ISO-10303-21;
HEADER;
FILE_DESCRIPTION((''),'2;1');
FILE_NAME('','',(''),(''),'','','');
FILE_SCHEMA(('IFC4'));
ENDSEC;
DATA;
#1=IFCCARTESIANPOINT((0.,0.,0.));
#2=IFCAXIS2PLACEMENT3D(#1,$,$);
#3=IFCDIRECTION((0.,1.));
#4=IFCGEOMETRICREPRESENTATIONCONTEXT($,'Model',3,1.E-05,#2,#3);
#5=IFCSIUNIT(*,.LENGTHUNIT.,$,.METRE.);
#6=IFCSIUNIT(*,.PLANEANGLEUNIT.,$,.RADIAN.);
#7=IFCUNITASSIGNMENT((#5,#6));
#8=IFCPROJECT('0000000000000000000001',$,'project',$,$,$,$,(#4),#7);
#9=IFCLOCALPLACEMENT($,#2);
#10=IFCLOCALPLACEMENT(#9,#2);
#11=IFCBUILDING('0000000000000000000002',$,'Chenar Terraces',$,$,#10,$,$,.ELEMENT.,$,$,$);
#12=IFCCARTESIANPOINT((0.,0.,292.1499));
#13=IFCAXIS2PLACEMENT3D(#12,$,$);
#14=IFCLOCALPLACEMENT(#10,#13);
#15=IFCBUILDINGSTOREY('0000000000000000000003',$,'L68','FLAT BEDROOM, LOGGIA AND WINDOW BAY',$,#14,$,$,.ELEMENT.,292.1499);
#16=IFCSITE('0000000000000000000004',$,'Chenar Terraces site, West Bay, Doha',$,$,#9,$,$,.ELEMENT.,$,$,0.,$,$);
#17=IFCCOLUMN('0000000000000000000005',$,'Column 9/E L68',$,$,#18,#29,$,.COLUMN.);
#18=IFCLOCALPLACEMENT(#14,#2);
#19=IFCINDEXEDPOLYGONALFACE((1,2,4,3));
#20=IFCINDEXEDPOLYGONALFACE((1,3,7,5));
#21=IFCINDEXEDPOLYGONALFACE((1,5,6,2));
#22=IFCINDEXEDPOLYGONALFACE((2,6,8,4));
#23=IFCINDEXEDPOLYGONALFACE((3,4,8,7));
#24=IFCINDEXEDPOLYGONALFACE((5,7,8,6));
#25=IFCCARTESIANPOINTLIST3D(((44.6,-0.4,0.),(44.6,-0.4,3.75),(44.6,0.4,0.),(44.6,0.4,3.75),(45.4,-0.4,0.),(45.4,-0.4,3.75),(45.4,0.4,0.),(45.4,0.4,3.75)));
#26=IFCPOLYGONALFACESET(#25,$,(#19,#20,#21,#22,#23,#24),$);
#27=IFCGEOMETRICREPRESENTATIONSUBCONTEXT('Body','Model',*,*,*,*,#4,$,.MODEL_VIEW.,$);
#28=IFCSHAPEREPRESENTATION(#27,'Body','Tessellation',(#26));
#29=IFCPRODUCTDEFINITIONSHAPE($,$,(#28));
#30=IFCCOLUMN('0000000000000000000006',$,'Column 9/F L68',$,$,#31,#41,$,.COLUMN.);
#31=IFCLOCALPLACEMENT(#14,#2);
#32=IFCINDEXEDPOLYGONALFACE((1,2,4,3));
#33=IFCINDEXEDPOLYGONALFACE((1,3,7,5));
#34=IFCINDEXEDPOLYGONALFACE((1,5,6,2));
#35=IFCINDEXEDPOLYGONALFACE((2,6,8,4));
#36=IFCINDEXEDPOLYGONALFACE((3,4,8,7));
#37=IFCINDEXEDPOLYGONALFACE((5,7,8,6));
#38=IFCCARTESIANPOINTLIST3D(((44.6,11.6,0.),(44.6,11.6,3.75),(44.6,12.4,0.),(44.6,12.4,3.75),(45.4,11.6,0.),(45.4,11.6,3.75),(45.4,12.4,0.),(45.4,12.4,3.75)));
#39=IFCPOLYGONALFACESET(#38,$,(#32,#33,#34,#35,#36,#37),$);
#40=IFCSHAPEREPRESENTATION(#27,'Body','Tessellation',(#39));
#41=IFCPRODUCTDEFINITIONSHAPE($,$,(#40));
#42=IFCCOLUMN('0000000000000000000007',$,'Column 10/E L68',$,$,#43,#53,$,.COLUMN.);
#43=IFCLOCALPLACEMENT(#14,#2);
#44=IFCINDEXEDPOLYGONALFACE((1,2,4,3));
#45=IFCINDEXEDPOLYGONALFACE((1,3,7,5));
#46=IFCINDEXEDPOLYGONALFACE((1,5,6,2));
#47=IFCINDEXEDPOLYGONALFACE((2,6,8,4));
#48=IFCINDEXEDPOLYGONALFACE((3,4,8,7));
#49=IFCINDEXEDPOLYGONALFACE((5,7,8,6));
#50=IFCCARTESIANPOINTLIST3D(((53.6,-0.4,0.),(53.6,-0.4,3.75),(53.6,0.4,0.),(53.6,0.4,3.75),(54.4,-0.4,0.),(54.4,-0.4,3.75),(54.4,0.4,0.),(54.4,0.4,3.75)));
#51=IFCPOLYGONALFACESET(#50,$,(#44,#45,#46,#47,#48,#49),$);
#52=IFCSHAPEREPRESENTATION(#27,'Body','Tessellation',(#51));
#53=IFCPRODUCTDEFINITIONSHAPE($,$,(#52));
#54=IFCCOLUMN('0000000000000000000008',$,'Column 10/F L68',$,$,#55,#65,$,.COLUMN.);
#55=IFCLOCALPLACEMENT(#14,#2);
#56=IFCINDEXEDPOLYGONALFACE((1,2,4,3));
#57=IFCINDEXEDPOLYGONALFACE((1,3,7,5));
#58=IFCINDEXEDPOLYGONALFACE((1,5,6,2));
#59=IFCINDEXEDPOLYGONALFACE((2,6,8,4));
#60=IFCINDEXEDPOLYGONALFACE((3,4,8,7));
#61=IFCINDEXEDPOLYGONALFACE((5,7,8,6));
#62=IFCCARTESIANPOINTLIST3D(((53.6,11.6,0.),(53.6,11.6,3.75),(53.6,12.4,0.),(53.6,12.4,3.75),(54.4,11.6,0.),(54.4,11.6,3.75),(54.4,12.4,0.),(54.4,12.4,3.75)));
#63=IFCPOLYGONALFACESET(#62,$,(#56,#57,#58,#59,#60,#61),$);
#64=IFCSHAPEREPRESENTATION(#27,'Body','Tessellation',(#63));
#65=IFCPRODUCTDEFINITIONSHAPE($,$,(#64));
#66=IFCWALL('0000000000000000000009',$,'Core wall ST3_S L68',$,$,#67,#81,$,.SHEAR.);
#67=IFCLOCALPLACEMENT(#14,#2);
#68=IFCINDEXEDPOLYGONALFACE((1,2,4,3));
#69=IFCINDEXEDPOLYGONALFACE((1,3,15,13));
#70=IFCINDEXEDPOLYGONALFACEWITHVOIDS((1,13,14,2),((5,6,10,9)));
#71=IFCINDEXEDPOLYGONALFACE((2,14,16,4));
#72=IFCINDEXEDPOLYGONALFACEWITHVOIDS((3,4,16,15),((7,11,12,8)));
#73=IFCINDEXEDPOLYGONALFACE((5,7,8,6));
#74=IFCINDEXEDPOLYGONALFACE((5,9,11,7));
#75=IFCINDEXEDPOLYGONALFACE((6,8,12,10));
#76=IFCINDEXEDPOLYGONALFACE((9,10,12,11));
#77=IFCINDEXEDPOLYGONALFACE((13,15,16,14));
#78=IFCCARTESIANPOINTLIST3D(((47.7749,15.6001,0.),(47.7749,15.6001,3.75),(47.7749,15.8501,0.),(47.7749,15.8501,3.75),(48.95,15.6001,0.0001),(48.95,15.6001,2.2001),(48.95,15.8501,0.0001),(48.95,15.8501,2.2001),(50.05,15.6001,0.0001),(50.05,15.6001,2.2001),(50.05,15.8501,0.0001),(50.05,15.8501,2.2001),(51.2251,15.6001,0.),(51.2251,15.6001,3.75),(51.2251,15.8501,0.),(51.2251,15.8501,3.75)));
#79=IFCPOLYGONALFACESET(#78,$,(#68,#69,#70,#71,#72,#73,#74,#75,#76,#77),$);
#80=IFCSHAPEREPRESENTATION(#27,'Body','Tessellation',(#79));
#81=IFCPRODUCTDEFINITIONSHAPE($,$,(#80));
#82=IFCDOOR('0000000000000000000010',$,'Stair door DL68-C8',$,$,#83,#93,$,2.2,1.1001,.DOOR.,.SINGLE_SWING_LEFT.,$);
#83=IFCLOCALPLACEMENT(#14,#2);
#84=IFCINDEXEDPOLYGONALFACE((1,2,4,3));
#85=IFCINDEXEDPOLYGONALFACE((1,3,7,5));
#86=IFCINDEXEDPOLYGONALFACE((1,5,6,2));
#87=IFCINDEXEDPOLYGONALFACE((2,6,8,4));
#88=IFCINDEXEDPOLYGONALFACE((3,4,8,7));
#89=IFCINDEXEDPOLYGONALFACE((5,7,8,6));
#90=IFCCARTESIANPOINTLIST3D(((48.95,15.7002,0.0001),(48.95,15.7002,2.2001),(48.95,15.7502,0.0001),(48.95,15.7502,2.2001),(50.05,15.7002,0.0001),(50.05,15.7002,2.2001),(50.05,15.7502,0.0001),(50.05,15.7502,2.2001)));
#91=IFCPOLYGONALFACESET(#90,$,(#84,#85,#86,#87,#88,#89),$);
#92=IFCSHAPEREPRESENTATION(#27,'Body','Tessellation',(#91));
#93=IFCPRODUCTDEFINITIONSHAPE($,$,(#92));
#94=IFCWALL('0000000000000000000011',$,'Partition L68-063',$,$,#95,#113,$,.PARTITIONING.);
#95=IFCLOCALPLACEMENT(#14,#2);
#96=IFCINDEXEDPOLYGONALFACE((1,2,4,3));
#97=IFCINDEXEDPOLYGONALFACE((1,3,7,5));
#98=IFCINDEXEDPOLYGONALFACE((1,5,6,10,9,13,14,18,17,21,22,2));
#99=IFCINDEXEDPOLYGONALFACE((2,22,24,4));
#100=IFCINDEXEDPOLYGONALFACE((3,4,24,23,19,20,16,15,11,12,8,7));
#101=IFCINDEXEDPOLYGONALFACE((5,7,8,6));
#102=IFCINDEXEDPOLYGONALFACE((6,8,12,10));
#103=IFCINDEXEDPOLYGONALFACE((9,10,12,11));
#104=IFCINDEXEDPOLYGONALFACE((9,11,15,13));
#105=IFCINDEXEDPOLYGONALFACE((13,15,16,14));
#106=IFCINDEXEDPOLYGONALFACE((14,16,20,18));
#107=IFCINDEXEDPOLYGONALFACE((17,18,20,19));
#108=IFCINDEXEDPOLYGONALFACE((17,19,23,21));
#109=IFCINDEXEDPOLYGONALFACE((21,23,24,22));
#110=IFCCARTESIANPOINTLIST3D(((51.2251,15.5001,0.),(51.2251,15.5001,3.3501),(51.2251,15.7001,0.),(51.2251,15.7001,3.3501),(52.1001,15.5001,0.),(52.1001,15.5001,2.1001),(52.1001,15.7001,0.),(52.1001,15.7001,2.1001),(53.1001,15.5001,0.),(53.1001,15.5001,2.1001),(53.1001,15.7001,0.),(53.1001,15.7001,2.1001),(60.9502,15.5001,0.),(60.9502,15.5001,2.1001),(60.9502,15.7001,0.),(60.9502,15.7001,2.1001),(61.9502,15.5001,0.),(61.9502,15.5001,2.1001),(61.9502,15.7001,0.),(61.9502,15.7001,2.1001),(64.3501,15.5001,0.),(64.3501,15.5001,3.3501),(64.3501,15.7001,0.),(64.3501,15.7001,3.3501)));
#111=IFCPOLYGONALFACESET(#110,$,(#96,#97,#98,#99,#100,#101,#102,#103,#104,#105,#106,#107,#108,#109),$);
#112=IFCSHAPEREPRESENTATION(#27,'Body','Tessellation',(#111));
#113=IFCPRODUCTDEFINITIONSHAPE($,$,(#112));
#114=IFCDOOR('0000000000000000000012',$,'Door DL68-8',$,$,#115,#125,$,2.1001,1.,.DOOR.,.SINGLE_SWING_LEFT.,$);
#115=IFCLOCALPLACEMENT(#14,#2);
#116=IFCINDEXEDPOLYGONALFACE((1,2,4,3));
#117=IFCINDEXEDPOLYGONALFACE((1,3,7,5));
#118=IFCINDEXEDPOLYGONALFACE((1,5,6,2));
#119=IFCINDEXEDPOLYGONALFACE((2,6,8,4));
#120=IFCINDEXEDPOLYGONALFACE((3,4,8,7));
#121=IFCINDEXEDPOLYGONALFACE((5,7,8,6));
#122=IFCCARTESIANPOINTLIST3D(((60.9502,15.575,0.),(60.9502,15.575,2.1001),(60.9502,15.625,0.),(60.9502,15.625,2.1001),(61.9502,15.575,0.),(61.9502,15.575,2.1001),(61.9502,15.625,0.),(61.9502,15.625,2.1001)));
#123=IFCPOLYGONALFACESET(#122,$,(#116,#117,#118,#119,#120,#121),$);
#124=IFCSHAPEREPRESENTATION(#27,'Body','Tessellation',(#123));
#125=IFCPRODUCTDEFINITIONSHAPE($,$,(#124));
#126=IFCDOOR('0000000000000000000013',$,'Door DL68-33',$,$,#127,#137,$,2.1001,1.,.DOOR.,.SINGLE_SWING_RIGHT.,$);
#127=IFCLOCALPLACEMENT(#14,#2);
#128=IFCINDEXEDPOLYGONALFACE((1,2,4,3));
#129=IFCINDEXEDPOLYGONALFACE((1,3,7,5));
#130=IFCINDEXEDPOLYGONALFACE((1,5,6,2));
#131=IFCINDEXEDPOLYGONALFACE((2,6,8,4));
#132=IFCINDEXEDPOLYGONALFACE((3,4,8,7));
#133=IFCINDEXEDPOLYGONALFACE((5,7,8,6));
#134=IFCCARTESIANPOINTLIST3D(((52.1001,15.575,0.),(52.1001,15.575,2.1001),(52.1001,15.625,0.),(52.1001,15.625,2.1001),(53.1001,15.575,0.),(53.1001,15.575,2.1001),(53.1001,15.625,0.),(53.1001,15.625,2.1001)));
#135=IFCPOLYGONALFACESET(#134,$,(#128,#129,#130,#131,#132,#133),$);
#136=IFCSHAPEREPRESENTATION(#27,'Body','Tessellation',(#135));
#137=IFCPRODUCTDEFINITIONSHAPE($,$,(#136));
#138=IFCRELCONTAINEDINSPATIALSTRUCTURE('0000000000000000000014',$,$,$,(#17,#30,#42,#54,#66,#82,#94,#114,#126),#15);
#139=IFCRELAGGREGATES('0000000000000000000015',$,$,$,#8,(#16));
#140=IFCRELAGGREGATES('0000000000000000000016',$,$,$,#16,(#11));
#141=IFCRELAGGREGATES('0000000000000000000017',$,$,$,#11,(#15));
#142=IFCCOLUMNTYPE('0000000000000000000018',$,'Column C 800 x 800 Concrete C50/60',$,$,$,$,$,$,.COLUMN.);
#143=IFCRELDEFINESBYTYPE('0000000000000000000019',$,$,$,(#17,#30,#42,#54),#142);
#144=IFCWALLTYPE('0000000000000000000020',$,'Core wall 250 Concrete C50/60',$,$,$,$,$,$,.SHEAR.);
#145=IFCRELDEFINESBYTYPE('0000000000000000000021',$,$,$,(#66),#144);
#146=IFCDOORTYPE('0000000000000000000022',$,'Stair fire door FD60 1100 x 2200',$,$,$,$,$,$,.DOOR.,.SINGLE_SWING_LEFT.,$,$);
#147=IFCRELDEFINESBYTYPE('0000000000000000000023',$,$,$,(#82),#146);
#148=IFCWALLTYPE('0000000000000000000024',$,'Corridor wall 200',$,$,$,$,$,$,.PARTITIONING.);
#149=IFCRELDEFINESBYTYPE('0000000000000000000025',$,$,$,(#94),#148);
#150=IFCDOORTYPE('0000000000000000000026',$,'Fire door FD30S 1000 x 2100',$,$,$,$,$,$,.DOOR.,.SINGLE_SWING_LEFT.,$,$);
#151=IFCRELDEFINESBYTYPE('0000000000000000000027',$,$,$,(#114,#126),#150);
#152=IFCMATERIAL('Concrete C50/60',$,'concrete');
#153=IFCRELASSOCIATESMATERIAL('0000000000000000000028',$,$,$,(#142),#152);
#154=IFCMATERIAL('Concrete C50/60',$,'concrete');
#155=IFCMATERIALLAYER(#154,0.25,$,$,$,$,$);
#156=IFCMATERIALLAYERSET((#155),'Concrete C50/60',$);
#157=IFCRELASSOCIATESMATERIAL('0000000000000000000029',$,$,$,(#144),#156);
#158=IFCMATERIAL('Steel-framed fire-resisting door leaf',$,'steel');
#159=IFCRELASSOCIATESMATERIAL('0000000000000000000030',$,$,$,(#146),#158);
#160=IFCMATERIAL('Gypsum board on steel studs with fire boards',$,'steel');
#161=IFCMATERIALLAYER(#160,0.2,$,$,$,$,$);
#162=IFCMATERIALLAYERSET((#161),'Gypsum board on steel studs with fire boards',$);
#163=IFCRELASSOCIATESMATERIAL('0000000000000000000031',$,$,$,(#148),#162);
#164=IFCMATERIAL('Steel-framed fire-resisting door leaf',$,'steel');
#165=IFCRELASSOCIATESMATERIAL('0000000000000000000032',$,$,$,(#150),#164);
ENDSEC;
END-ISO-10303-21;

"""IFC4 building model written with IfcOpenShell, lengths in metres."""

from ifc_helpers import new_model, si_unit, direction, frame, frame_2d, origin, origin_2d, place, context, subcontext, project, spatial, rectangle, extrude, material, layer, layer_set, material_profile, profile_set, type_object, element, fill, save


model = new_model("IFC4")

# Units and contexts
model_context = context("Model", 3, precision=1e-05, world=origin(), true_north=direction((0.0, 1.0)))
body_context = subcontext(model_context, "Body", "Model", "MODEL_VIEW")
ifc_project = project(units=[si_unit("LENGTHUNIT", "METRE"), si_unit("PLANEANGLEUNIT", "RADIAN")], contexts=[model_context])

# Site, building, storey
site_placement = place(None, origin())
site = spatial("IfcSite", under=ifc_project, at=site_placement, Name="Chenar Terraces site, West Bay, Doha", CompositionType="ELEMENT", RefElevation=0.0)
building_placement = place(site_placement, origin())
building = spatial("IfcBuilding", under=site, at=building_placement, Name="Chenar Terraces", CompositionType="ELEMENT")
storey_placement = place(building_placement, frame((0.0, 0.0, 292.1499)))
storey = spatial("IfcBuildingStorey", under=building, at=storey_placement, Name="L68", Description="FLAT BEDROOM, LOGGIA AND WINDOW BAY", CompositionType="ELEMENT", Elevation=292.1499)

# Columns
ifc_material_1 = material(Name="Concrete C50/60", Category="concrete")
ifc_material_profile = material_profile(ifc_material_1, rectangle(XDim=0.8, YDim=0.8, at=origin_2d()), Name="C 800 x 800")
ifc_profile_set = profile_set([ifc_material_profile], Name="Concrete C50/60")
column_type = type_object("IfcColumnType", Name="Column C 800 x 800 Concrete C50/60", PredefinedType="COLUMN", material=ifc_profile_set)
for number, where, z_axis, x_axis, name in (
    (1, (45.0, 0.0, 0.0), (0.0, 0.0, 1.0), (1.0, 0.0, 0.0), "Column 9/E L68"),
    (2, (45.0, 12.0, 0.0), (0.0, 0.0, 1.0), (1.0, 0.0, 0.0), "Column 9/F L68"),
    (3, (54.0, 0.0, 0.0), (0.0, 0.0, 1.0), (1.0, 0.0, 0.0), "Column 10/E L68"),
    (4, (54.0, 12.0, 0.0), (0.0, 0.0, 1.0), (1.0, 0.0, 0.0), "Column 10/F L68"),
):
    element("IfcColumn", number, at=place(storey_placement, frame(where, z_axis=z_axis, x_axis=x_axis)), inside=storey, type_object=column_type, Name=name, PredefinedType="COLUMN", context=body_context, shape_type="SweptSolid", body=[
        extrude(rectangle(XDim=0.8, YDim=0.8, at=origin_2d()), origin(), (0.0, 0.0, 1.0), 3.75),
    ])

# Wall, opening, door
ifc_material_2 = material(Name="Concrete C50/60", Category="concrete")
ifc_layer_1 = layer(ifc_material_2, 0.25)
ifc_layer_set_1 = layer_set([ifc_layer_1], Name="Concrete C50/60")
wall_type_1 = type_object("IfcWallType", Name="Core wall 250 Concrete C50/60", PredefinedType="SHEAR", material=ifc_layer_set_1)
wall_1_placement = place(storey_placement, frame((47.7749, 15.7251, 0.0), z_axis=(0.0, 0.0, 1.0), x_axis=(1.0, 0.0, 0.0)))
wall_1 = element("IfcWall", 5, at=wall_1_placement, inside=storey, type_object=wall_type_1, Name="Core wall ST3_S L68", PredefinedType="SHEAR", context=body_context, shape_type="SweptSolid", body=[
    extrude(rectangle(XDim=3.4502, YDim=0.25, at=frame_2d((1.7251, 0.0))), origin(), (0.0, 0.0, 1.0), 3.75),
])
opening_1_placement = place(wall_1_placement, frame((1.175, 0.0, 0.0)))
opening_1 = element("IfcOpeningElement", 6, at=opening_1_placement, cuts=wall_1, PredefinedType="OPENING", context=body_context, shape_type="SweptSolid", body=[
    extrude(rectangle(XDim=1.1001, YDim=2.2, at=frame_2d((0.55, 1.1001))), frame((0.0, 0.135, 0.0), z_axis=(0.0, -1.0, 0.0), x_axis=(1.0, 0.0, 0.0)), (0.0, 0.0, 1.0), 0.27),
])
ifc_material_3 = material(Name="Steel-framed fire-resisting door leaf", Category="steel")
door_type_1 = type_object("IfcDoorType", Name="Stair fire door FD60 1100 x 2200", OperationType="SINGLE_SWING_LEFT", PredefinedType="DOOR", material=ifc_material_3)
door_1_placement = place(opening_1_placement, frame((1.1001, 0.0, 0.0), z_axis=(0.0, 0.0, 1.0), x_axis=(-1.0, 0.0, 0.0)))
door_1 = element("IfcDoor", 7, at=door_1_placement, inside=storey, type_object=door_type_1, Name="Stair door DL68-C8", OperationType="SINGLE_SWING_LEFT", OverallHeight=2.2, OverallWidth=1.1001, PredefinedType="DOOR", context=body_context, shape_type="SweptSolid", body=[
    extrude(rectangle(XDim=1.1001, YDim=2.2, at=frame_2d((0.55, 1.1001))), frame((0.0, 0.0249, 0.0), z_axis=(0.0, -1.0, 0.0), x_axis=(1.0, 0.0, 0.0)), (0.0, 0.0, 1.0), 0.05),
])
fill(opening_1, door_1)

# Wall, openings, doors
ifc_material_4 = material(Name="Gypsum board on steel studs with fire boards", Category="steel")
ifc_layer_2 = layer(ifc_material_4, 0.2)
ifc_layer_set_2 = layer_set([ifc_layer_2], Name="Gypsum board on steel studs with fire boards")
wall_type_2 = type_object("IfcWallType", Name="Corridor wall 200", PredefinedType="PARTITIONING", material=ifc_layer_set_2)
wall_2_placement = place(storey_placement, frame((51.2251, 15.6001, 0.0), z_axis=(0.0, 0.0, 1.0), x_axis=(1.0, 0.0, 0.0)))
wall_2 = element("IfcWall", 8, at=wall_2_placement, inside=storey, type_object=wall_type_2, Name="Partition L68-063", PredefinedType="PARTITIONING", context=body_context, shape_type="SweptSolid", body=[
    extrude(rectangle(XDim=13.125, YDim=0.2, at=frame_2d((6.5625, 0.0))), origin(), (0.0, 0.0, 1.0), 3.3501),
])
opening_2_placement = place(wall_2_placement, frame((9.7251, 0.0, 0.0)))
opening_2 = element("IfcOpeningElement", 9, at=opening_2_placement, cuts=wall_2, PredefinedType="OPENING", context=body_context, shape_type="SweptSolid", body=[
    extrude(rectangle(XDim=1.0, YDim=2.1001, at=frame_2d((0.5, 1.05))), frame((0.0, 0.1099, 0.0), z_axis=(0.0, -1.0, 0.0), x_axis=(1.0, 0.0, 0.0)), (0.0, 0.0, 1.0), 0.22),
])
opening_3_placement = place(wall_2_placement, frame((0.875, 0.0, 0.0)))
opening_3 = element("IfcOpeningElement", 10, at=opening_3_placement, cuts=wall_2, PredefinedType="OPENING", context=body_context, shape_type="SweptSolid", body=[
    extrude(rectangle(XDim=1.0, YDim=2.1001, at=frame_2d((0.5, 1.05))), frame((0.0, 0.1099, 0.0), z_axis=(0.0, -1.0, 0.0), x_axis=(1.0, 0.0, 0.0)), (0.0, 0.0, 1.0), 0.22),
])
ifc_material_5 = material(Name="Steel-framed fire-resisting door leaf", Category="steel")
door_type_2 = type_object("IfcDoorType", Name="Fire door FD30S 1000 x 2100", OperationType="SINGLE_SWING_LEFT", PredefinedType="DOOR", material=ifc_material_5)
door_2_placement = place(opening_2_placement, origin())
door_2 = element("IfcDoor", 11, at=door_2_placement, inside=storey, type_object=door_type_2, Name="Door DL68-8", OperationType="SINGLE_SWING_LEFT", OverallHeight=2.1001, OverallWidth=1.0, PredefinedType="DOOR", context=body_context, shape_type="SweptSolid", body=[
    extrude(rectangle(XDim=1.0, YDim=2.1001, at=frame_2d((0.5, 1.05))), frame((0.0, 0.0249, 0.0), z_axis=(0.0, -1.0, 0.0), x_axis=(1.0, 0.0, 0.0)), (0.0, 0.0, 1.0), 0.05),
])
fill(opening_2, door_2)
door_3_placement = place(opening_3_placement, origin())
door_3 = element("IfcDoor", 12, at=door_3_placement, inside=storey, type_object=door_type_2, Name="Door DL68-33", OperationType="SINGLE_SWING_RIGHT", OverallHeight=2.1001, OverallWidth=1.0, PredefinedType="DOOR", context=body_context, shape_type="SweptSolid", body=[
    extrude(rectangle(XDim=1.0, YDim=2.1001, at=frame_2d((0.5, 1.05))), frame((0.0, 0.0249, 0.0), z_axis=(0.0, -1.0, 0.0), x_axis=(1.0, 0.0, 0.0)), (0.0, 0.0, 1.0), 0.05),
])
fill(opening_3, door_3)

save(model, "model.ifc")
